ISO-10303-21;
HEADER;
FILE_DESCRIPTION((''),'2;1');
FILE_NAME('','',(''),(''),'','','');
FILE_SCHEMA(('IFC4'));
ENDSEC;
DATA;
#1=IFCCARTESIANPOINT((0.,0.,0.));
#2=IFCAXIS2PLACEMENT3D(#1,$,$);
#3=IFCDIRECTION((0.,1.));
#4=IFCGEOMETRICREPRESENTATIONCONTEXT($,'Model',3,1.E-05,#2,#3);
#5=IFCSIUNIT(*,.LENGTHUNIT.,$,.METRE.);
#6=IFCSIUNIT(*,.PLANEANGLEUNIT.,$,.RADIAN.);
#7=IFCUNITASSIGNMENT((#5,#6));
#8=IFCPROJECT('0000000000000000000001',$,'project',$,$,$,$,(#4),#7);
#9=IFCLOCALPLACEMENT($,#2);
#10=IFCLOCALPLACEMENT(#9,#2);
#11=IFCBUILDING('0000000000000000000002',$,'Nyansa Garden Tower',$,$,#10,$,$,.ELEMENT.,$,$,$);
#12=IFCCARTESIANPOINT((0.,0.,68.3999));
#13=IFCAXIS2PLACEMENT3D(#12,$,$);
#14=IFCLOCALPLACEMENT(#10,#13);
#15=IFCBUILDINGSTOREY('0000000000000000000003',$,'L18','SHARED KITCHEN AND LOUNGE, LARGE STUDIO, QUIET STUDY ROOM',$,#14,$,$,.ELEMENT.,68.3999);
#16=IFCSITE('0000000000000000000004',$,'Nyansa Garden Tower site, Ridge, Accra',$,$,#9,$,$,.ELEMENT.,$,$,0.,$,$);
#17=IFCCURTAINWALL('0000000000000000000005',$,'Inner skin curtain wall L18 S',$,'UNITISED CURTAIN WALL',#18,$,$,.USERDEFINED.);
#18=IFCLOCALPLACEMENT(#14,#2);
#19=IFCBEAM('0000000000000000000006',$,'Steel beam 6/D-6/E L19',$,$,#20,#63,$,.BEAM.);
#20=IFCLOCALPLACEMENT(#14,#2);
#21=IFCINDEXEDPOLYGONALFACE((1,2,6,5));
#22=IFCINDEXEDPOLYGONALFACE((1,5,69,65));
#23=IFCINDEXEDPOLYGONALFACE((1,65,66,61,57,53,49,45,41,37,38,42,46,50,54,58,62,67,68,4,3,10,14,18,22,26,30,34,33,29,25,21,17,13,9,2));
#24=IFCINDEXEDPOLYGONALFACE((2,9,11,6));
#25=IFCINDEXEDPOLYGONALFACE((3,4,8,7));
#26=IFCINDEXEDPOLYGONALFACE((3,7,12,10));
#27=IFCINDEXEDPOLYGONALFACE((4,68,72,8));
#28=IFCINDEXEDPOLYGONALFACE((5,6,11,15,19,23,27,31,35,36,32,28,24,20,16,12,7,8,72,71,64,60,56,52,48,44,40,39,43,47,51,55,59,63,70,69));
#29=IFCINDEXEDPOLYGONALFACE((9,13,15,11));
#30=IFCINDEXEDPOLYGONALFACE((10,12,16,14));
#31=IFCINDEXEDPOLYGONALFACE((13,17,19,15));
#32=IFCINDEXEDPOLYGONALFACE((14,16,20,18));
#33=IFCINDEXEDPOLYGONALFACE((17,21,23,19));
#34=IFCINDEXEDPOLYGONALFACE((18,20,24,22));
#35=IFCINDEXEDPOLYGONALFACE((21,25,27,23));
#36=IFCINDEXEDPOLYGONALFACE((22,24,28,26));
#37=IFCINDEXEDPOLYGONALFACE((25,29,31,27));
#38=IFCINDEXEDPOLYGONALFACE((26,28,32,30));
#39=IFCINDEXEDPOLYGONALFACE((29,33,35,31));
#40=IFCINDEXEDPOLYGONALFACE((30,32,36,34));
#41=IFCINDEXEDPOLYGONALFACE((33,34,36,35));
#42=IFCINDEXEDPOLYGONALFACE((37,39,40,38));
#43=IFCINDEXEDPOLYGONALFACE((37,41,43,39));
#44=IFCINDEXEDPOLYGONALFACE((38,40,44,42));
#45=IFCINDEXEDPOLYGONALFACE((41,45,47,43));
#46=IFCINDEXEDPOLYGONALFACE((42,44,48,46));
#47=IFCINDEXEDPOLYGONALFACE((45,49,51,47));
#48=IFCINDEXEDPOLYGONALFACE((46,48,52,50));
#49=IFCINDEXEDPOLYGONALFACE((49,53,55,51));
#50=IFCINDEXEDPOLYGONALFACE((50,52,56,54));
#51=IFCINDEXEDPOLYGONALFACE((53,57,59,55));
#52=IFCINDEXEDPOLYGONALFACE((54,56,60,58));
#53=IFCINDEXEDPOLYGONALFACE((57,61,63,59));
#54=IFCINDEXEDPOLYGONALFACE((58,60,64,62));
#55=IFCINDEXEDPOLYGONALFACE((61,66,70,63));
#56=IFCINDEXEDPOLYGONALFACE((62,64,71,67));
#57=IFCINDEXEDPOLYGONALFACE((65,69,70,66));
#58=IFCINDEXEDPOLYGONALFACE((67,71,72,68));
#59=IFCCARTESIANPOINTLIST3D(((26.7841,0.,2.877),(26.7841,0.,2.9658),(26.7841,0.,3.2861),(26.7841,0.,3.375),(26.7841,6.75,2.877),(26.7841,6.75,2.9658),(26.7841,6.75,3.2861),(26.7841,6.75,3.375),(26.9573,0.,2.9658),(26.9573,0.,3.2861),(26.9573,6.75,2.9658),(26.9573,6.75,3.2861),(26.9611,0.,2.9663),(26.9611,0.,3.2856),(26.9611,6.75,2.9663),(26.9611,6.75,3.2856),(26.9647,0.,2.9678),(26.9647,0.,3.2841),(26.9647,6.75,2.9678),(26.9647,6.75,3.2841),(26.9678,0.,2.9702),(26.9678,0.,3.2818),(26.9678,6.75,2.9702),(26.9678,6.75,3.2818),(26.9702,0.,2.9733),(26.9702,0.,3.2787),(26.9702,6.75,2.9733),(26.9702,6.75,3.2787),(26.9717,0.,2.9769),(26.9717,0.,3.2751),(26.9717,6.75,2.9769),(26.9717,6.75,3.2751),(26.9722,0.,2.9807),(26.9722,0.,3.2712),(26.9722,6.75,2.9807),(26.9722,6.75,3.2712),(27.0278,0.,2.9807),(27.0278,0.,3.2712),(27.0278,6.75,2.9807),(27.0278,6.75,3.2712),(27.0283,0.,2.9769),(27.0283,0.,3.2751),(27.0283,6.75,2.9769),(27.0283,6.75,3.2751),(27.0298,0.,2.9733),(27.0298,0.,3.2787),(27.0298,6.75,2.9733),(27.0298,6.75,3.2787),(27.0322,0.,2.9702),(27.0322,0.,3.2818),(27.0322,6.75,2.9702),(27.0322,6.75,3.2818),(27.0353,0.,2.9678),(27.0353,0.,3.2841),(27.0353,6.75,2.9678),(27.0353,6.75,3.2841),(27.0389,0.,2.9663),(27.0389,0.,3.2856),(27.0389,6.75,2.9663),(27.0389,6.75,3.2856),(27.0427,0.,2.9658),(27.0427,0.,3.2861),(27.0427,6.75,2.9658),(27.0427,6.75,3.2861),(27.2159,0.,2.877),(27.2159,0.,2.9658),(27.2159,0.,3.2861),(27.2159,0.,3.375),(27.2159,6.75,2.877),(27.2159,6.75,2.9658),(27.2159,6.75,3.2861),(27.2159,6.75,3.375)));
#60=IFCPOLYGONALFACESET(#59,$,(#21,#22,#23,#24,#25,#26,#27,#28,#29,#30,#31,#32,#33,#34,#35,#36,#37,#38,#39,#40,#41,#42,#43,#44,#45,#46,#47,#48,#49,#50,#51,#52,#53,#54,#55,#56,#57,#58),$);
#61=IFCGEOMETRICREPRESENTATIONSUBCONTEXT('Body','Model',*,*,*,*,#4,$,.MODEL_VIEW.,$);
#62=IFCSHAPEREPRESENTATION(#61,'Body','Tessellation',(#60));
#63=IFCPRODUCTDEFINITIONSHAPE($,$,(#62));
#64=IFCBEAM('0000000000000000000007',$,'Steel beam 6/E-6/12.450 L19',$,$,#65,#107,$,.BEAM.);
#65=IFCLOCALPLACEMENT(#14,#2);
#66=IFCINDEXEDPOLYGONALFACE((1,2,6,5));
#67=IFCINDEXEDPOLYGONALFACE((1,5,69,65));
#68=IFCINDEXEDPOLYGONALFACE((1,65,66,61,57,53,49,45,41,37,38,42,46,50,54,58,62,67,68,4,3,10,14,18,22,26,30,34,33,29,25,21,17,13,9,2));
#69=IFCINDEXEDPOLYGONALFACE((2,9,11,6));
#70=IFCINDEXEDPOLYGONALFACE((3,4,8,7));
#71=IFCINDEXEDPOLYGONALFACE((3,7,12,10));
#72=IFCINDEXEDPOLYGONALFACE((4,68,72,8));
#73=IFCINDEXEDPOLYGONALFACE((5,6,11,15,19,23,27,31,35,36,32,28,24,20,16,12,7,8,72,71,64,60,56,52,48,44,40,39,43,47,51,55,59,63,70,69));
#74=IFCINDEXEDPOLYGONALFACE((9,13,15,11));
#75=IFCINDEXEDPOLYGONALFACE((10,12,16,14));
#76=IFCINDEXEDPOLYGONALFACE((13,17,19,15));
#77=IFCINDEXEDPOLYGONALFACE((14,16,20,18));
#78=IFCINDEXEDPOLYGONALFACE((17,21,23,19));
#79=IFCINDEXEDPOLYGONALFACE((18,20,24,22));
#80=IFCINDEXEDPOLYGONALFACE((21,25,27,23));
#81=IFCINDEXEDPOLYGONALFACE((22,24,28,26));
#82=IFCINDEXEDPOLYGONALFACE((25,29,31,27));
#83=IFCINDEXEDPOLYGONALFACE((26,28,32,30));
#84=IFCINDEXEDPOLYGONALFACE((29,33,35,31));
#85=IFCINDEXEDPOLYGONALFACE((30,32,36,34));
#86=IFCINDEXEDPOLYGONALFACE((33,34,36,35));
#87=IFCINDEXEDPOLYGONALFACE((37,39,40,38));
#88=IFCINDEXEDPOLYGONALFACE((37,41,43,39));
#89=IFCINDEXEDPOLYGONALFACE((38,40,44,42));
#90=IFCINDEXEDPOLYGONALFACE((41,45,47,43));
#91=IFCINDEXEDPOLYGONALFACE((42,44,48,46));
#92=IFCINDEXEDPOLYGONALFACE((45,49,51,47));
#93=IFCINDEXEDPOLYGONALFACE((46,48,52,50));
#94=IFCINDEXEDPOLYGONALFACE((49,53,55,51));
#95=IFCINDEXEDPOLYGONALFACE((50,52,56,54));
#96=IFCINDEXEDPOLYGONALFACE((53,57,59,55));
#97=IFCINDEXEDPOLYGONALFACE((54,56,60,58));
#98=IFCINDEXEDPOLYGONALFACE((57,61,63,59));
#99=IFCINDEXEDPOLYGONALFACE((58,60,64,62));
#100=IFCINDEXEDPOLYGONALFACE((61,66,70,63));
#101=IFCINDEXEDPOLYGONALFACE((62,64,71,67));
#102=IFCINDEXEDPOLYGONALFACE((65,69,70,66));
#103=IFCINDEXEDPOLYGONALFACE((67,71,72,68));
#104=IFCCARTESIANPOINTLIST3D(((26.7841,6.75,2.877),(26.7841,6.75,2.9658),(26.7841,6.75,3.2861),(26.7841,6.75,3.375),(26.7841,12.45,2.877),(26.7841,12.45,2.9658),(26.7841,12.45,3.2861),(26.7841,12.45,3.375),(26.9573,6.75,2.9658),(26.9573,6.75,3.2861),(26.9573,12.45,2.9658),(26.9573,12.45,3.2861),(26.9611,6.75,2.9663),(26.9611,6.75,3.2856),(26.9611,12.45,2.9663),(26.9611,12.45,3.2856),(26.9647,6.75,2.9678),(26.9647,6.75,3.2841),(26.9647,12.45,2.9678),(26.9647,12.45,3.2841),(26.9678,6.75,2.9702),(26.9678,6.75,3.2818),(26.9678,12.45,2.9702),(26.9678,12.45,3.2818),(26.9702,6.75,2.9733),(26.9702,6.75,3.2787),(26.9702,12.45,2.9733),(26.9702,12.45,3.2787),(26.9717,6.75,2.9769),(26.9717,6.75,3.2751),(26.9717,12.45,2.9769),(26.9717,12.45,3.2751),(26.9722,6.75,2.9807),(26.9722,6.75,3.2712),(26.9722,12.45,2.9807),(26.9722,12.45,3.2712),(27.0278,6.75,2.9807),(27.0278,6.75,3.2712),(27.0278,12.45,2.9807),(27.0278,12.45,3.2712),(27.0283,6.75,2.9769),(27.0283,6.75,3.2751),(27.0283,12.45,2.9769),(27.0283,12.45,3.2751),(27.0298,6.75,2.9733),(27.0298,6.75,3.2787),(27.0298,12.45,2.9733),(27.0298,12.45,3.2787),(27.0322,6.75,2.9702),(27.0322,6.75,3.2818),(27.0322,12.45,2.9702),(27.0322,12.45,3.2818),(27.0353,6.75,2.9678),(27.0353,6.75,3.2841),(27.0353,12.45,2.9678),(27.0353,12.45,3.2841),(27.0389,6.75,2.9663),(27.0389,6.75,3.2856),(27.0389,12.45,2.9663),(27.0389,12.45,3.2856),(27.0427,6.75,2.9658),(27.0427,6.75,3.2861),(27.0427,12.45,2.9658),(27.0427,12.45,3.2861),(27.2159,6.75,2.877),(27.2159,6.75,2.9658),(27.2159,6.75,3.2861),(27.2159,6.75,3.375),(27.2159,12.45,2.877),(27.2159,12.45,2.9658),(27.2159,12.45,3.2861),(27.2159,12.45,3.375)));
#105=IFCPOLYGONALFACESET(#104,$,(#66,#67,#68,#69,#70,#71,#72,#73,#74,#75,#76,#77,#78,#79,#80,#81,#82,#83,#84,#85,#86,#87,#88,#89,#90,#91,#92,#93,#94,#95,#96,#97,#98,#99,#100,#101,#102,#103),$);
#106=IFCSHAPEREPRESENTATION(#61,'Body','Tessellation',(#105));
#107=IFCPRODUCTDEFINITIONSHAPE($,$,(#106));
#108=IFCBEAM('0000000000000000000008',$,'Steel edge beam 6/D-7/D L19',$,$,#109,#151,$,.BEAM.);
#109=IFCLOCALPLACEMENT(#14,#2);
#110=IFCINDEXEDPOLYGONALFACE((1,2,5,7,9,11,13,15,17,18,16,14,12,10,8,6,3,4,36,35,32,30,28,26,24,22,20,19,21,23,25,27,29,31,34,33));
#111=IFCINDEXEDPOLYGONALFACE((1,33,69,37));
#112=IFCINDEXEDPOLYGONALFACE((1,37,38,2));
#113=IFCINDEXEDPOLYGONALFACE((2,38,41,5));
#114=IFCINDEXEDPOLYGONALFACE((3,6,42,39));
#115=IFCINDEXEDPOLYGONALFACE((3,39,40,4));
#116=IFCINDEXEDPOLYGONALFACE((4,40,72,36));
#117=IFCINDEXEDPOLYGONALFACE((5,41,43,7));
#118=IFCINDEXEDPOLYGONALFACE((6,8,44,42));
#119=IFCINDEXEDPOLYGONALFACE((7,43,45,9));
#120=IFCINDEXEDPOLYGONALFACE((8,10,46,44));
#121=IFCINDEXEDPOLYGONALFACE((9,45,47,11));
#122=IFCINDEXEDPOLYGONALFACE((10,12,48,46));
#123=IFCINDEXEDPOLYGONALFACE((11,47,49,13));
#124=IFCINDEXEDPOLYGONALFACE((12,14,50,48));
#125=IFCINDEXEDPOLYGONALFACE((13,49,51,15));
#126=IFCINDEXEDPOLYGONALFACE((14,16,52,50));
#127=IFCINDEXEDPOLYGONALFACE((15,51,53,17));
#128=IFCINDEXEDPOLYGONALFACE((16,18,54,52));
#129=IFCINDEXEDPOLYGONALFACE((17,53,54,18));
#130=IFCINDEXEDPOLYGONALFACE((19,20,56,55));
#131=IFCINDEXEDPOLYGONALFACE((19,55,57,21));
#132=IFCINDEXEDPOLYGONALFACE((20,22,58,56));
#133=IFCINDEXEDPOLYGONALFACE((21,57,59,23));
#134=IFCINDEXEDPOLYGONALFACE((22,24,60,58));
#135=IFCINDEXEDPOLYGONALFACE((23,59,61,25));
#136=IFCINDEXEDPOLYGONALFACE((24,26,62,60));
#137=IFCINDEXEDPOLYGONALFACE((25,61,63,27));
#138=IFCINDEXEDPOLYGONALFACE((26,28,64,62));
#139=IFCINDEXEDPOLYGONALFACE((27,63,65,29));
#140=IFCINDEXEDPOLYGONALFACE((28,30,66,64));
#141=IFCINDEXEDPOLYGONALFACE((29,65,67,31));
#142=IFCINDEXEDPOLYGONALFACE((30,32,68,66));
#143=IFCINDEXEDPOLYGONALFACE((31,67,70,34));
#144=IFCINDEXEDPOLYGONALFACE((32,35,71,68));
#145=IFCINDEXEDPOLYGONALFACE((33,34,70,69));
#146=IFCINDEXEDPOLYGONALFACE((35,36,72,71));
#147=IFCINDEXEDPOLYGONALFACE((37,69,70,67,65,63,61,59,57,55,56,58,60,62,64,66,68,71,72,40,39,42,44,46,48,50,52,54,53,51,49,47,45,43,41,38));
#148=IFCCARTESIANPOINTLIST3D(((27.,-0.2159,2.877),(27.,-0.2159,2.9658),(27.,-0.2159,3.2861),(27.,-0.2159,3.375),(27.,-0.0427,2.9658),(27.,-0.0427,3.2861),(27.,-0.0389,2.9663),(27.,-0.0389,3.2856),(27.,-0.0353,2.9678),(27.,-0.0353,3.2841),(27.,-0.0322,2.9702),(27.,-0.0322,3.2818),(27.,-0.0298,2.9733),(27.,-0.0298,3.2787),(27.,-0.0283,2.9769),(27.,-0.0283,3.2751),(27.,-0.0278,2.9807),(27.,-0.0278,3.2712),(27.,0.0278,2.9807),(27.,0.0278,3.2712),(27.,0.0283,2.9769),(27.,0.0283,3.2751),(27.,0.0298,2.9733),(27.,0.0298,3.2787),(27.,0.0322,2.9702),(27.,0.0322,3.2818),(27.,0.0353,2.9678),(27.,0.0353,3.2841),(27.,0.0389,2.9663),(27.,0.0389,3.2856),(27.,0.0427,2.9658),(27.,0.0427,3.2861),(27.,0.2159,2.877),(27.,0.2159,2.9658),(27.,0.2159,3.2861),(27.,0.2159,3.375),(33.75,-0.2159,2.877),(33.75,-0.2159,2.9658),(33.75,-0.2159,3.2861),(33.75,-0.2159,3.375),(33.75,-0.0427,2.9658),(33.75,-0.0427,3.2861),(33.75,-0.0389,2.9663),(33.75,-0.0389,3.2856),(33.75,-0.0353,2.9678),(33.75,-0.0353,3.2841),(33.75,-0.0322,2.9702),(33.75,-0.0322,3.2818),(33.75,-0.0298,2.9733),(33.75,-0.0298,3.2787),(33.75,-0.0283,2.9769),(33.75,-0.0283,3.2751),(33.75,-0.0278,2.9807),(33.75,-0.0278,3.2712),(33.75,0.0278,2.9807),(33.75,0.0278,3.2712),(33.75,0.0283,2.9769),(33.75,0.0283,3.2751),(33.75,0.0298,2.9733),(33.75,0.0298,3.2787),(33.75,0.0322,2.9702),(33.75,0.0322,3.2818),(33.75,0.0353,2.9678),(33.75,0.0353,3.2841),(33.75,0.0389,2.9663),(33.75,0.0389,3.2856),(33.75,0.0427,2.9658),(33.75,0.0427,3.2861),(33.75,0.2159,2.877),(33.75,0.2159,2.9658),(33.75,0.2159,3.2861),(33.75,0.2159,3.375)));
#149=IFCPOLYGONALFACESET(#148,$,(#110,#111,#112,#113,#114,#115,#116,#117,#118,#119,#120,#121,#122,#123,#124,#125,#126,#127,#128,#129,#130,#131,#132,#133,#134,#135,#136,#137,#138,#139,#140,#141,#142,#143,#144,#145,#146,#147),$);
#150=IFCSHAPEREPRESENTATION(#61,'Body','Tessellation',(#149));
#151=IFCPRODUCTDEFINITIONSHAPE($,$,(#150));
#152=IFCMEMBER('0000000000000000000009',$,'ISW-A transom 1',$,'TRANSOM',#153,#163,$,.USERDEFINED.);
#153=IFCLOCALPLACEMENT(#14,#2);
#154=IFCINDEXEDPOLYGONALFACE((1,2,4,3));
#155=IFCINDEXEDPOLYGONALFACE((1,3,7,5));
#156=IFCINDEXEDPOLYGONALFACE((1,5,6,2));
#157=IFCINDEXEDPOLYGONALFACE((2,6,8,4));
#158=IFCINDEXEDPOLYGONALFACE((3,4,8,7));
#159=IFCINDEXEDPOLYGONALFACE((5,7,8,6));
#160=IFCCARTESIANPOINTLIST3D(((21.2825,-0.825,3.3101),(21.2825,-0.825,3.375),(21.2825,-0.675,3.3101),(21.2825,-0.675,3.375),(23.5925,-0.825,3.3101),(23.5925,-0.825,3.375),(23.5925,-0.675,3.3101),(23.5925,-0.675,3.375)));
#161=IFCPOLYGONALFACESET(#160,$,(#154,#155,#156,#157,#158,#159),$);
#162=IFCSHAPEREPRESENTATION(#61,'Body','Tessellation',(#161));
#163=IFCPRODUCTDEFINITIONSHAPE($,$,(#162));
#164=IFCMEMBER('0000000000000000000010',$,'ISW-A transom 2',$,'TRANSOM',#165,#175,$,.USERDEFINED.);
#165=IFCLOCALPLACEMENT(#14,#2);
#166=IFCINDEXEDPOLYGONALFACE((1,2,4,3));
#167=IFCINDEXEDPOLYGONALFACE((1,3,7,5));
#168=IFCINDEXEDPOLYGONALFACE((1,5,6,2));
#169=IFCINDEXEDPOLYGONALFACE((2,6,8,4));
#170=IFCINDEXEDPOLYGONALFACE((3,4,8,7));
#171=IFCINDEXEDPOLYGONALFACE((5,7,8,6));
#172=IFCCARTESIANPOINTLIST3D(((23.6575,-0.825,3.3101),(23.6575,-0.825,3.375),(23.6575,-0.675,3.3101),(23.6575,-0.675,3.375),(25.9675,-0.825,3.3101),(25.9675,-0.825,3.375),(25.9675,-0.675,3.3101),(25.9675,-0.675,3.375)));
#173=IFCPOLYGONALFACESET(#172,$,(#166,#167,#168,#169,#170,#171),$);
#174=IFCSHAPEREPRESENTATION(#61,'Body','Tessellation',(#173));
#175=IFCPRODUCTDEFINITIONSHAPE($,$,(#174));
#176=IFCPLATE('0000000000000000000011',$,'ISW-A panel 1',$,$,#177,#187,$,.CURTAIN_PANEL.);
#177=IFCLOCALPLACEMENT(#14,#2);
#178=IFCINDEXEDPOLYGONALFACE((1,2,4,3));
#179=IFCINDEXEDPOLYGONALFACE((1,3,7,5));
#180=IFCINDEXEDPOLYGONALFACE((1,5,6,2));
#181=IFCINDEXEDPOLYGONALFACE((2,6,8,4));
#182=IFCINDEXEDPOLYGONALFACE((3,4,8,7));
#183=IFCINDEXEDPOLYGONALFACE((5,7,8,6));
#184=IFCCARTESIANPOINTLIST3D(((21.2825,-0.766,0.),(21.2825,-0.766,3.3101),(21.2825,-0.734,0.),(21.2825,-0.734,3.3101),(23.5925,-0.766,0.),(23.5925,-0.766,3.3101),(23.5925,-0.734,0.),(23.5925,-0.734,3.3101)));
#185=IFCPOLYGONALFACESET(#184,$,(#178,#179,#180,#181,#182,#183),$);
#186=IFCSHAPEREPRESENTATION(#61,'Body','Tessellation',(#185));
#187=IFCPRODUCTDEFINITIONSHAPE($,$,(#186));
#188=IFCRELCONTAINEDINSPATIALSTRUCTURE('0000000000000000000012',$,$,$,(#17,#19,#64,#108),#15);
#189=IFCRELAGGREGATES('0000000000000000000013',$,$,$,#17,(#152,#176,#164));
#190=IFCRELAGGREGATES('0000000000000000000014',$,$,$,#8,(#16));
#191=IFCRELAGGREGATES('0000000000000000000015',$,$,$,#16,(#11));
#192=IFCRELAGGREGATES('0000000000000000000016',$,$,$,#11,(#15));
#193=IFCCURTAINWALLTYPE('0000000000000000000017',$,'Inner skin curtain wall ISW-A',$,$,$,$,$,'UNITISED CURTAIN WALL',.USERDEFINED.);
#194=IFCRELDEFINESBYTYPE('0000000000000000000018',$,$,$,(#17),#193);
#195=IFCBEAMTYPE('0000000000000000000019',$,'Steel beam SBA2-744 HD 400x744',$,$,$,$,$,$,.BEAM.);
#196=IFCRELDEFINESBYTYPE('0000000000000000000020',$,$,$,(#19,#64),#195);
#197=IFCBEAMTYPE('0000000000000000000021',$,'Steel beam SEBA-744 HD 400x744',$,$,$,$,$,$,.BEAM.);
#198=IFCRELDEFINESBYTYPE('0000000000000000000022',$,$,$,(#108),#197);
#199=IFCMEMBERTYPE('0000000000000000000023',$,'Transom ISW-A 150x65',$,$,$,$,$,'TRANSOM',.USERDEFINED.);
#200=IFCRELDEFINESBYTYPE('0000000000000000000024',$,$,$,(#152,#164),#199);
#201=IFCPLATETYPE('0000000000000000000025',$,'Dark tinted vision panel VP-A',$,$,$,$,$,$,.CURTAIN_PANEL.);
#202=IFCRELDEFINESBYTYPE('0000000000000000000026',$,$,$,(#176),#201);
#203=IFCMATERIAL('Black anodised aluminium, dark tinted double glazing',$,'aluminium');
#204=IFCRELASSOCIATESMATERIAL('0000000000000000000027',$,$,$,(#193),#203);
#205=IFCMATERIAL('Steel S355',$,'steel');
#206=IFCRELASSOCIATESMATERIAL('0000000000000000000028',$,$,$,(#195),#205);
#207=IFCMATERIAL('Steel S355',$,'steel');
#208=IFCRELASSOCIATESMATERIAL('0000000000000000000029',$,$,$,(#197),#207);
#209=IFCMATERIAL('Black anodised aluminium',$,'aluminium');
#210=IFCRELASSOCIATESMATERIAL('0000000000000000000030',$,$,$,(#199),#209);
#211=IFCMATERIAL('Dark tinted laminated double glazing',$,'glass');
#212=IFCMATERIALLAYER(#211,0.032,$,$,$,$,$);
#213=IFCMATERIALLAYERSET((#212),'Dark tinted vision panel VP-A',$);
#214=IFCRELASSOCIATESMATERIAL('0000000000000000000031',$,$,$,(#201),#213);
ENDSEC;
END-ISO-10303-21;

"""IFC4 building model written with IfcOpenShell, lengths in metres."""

from ifc_helpers import new_model, si_unit, direction, frame, origin, origin_2d, place, context, subcontext, project, spatial, rectangle, i_section, extrude, material, layer, layer_set, material_profile, profile_set, type_object, element, aggregate, save


model = new_model("IFC4")

# Units and contexts
model_context = context("Model", 3, precision=1e-05, world=origin(), true_north=direction((0.0, 1.0)))
body_context = subcontext(model_context, "Body", "Model", "MODEL_VIEW")
ifc_project = project(units=[si_unit("LENGTHUNIT", "METRE"), si_unit("PLANEANGLEUNIT", "RADIAN")], contexts=[model_context])

# Site, building, storey
site_placement = place(None, origin())
site = spatial("IfcSite", under=ifc_project, at=site_placement, Name="Nyansa Garden Tower site, Ridge, Accra", CompositionType="ELEMENT", RefElevation=0.0)
building_placement = place(site_placement, origin())
building = spatial("IfcBuilding", under=site, at=building_placement, Name="Nyansa Garden Tower", CompositionType="ELEMENT")
storey_placement = place(building_placement, frame((0.0, 0.0, 68.3999)))
storey = spatial("IfcBuildingStorey", under=building, at=storey_placement, Name="L18", Description="SHARED KITCHEN AND LOUNGE, LARGE STUDIO, QUIET STUDY ROOM", CompositionType="ELEMENT", Elevation=68.3999)

# Curtain wall
ifc_material_1 = material(Name="Black anodised aluminium, dark tinted double glazing", Category="aluminium")
curtain_wall_type = type_object("IfcCurtainWallType", Name="Inner skin curtain wall ISW-A", ElementType="UNITISED CURTAIN WALL", PredefinedType="USERDEFINED", material=ifc_material_1)
curtain_wall_placement = place(storey_placement, origin())
curtain_wall = element("IfcCurtainWall", 1, at=curtain_wall_placement, inside=storey, type_object=curtain_wall_type, Name="Inner skin curtain wall L18 S", ObjectType="UNITISED CURTAIN WALL", PredefinedType="USERDEFINED")

# Beams
ifc_material_2 = material(Name="Steel S355", Category="steel")
ifc_material_profile_1 = material_profile(ifc_material_2, i_section(OverallWidth=0.4319, OverallDepth=0.498, WebThickness=0.0557, FlangeThickness=0.0889, FilletRadius=0.0149, at=origin_2d()), Name="HD 400x744")
ifc_profile_set_1 = profile_set([ifc_material_profile_1], Name="Steel S355")
beam_type_1 = type_object("IfcBeamType", Name="Steel beam SBA2-744 HD 400x744", PredefinedType="BEAM", material=ifc_profile_set_1)
beam_1_placement = place(storey_placement, frame((27.0, 0.0, 3.126), z_axis=(0.0, 1.0, 0.0), x_axis=(-1.0, 0.0, 0.0)))
element("IfcBeam", 2, at=beam_1_placement, inside=storey, type_object=beam_type_1, Name="Steel beam 6/D-6/E L19", PredefinedType="BEAM", context=body_context, shape_type="SweptSolid", body=[
    extrude(i_section(OverallWidth=0.4319, OverallDepth=0.498, WebThickness=0.0557, FlangeThickness=0.0889, FilletRadius=0.0149, at=origin_2d()), origin(), (0.0, 0.0, 1.0), 6.75),
])
beam_2_placement = place(storey_placement, frame((27.0, 6.75, 3.126), z_axis=(0.0, 1.0, 0.0), x_axis=(-1.0, 0.0, 0.0)))
element("IfcBeam", 3, at=beam_2_placement, inside=storey, type_object=beam_type_1, Name="Steel beam 6/E-6/12.450 L19", PredefinedType="BEAM", context=body_context, shape_type="SweptSolid", body=[
    extrude(i_section(OverallWidth=0.4319, OverallDepth=0.498, WebThickness=0.0557, FlangeThickness=0.0889, FilletRadius=0.0149, at=origin_2d()), origin(), (0.0, 0.0, 1.0), 5.7),
])
ifc_material_3 = material(Name="Steel S355", Category="steel")
ifc_material_profile_2 = material_profile(ifc_material_3, i_section(OverallWidth=0.4319, OverallDepth=0.498, WebThickness=0.0557, FlangeThickness=0.0889, FilletRadius=0.0149, at=origin_2d()), Name="HD 400x744")
ifc_profile_set_2 = profile_set([ifc_material_profile_2], Name="Steel S355")
beam_type_2 = type_object("IfcBeamType", Name="Steel beam SEBA-744 HD 400x744", PredefinedType="BEAM", material=ifc_profile_set_2)
beam_3_placement = place(storey_placement, frame((27.0, 0.0, 3.126), z_axis=(1.0, 0.0, 0.0), x_axis=(0.0, 1.0, 0.0)))
element("IfcBeam", 4, at=beam_3_placement, inside=storey, type_object=beam_type_2, Name="Steel edge beam 6/D-7/D L19", PredefinedType="BEAM", context=body_context, shape_type="SweptSolid", body=[
    extrude(i_section(OverallWidth=0.4319, OverallDepth=0.498, WebThickness=0.0557, FlangeThickness=0.0889, FilletRadius=0.0149, at=origin_2d()), origin(), (0.0, 0.0, 1.0), 6.75),
])

# Members
ifc_material_4 = material(Name="Black anodised aluminium", Category="aluminium")
ifc_material_profile_3 = material_profile(ifc_material_4, rectangle(XDim=0.1499, YDim=0.0649, at=origin_2d()), Name="Transom 150x65")
ifc_profile_set_3 = profile_set([ifc_material_profile_3], Name="Black anodised aluminium")
member_type_1 = type_object("IfcMemberType", Name="Transom ISW-A 150x65", ElementType="TRANSOM", PredefinedType="USERDEFINED", material=ifc_profile_set_3)
member_1_placement = place(storey_placement, frame((21.2825, -0.75, 3.3425), z_axis=(1.0, 0.0, 0.0), x_axis=(0.0, 1.0, 0.0)))
member_1 = element("IfcMember", 5, at=member_1_placement, type_object=member_type_1, Name="ISW-A transom 1", ObjectType="TRANSOM", PredefinedType="USERDEFINED", context=body_context, shape_type="SweptSolid", body=[
    extrude(rectangle(XDim=0.1499, YDim=0.0649, at=origin_2d()), origin(), (0.0, 0.0, 1.0), 2.3101),
])
member_2_placement = place(storey_placement, frame((23.6575, -0.75, 3.3425), z_axis=(1.0, 0.0, 0.0), x_axis=(0.0, 1.0, 0.0)))
member_2 = element("IfcMember", 6, at=member_2_placement, type_object=member_type_1, Name="ISW-A transom 2", ObjectType="TRANSOM", PredefinedType="USERDEFINED", context=body_context, shape_type="SweptSolid", body=[
    extrude(rectangle(XDim=0.1499, YDim=0.0649, at=origin_2d()), origin(), (0.0, 0.0, 1.0), 2.3101),
])

# Plate
ifc_material_5 = material(Name="Dark tinted laminated double glazing", Category="glass")
ifc_layer_1 = layer(ifc_material_5, 0.032)
ifc_layer_set_1 = layer_set([ifc_layer_1], Name="Dark tinted vision panel VP-A")
plate_type_1 = type_object("IfcPlateType", Name="Dark tinted vision panel VP-A", PredefinedType="CURTAIN_PANEL", material=ifc_layer_set_1)
plate_1_placement = place(storey_placement, frame((22.4375, -0.75, 0.0), z_axis=(0.0, 0.0, 1.0), x_axis=(1.0, 0.0, 0.0)))
plate_1 = element("IfcPlate", 7, at=plate_1_placement, type_object=plate_type_1, Name="ISW-A panel 1", PredefinedType="CURTAIN_PANEL", context=body_context, shape_type="SweptSolid", body=[
    extrude(rectangle(XDim=2.3101, YDim=0.032, at=origin_2d()), origin(), (0.0, 0.0, 1.0), 3.3101),
])
aggregate(curtain_wall, [member_1, plate_1, member_2])

save(model, "model.ifc")
